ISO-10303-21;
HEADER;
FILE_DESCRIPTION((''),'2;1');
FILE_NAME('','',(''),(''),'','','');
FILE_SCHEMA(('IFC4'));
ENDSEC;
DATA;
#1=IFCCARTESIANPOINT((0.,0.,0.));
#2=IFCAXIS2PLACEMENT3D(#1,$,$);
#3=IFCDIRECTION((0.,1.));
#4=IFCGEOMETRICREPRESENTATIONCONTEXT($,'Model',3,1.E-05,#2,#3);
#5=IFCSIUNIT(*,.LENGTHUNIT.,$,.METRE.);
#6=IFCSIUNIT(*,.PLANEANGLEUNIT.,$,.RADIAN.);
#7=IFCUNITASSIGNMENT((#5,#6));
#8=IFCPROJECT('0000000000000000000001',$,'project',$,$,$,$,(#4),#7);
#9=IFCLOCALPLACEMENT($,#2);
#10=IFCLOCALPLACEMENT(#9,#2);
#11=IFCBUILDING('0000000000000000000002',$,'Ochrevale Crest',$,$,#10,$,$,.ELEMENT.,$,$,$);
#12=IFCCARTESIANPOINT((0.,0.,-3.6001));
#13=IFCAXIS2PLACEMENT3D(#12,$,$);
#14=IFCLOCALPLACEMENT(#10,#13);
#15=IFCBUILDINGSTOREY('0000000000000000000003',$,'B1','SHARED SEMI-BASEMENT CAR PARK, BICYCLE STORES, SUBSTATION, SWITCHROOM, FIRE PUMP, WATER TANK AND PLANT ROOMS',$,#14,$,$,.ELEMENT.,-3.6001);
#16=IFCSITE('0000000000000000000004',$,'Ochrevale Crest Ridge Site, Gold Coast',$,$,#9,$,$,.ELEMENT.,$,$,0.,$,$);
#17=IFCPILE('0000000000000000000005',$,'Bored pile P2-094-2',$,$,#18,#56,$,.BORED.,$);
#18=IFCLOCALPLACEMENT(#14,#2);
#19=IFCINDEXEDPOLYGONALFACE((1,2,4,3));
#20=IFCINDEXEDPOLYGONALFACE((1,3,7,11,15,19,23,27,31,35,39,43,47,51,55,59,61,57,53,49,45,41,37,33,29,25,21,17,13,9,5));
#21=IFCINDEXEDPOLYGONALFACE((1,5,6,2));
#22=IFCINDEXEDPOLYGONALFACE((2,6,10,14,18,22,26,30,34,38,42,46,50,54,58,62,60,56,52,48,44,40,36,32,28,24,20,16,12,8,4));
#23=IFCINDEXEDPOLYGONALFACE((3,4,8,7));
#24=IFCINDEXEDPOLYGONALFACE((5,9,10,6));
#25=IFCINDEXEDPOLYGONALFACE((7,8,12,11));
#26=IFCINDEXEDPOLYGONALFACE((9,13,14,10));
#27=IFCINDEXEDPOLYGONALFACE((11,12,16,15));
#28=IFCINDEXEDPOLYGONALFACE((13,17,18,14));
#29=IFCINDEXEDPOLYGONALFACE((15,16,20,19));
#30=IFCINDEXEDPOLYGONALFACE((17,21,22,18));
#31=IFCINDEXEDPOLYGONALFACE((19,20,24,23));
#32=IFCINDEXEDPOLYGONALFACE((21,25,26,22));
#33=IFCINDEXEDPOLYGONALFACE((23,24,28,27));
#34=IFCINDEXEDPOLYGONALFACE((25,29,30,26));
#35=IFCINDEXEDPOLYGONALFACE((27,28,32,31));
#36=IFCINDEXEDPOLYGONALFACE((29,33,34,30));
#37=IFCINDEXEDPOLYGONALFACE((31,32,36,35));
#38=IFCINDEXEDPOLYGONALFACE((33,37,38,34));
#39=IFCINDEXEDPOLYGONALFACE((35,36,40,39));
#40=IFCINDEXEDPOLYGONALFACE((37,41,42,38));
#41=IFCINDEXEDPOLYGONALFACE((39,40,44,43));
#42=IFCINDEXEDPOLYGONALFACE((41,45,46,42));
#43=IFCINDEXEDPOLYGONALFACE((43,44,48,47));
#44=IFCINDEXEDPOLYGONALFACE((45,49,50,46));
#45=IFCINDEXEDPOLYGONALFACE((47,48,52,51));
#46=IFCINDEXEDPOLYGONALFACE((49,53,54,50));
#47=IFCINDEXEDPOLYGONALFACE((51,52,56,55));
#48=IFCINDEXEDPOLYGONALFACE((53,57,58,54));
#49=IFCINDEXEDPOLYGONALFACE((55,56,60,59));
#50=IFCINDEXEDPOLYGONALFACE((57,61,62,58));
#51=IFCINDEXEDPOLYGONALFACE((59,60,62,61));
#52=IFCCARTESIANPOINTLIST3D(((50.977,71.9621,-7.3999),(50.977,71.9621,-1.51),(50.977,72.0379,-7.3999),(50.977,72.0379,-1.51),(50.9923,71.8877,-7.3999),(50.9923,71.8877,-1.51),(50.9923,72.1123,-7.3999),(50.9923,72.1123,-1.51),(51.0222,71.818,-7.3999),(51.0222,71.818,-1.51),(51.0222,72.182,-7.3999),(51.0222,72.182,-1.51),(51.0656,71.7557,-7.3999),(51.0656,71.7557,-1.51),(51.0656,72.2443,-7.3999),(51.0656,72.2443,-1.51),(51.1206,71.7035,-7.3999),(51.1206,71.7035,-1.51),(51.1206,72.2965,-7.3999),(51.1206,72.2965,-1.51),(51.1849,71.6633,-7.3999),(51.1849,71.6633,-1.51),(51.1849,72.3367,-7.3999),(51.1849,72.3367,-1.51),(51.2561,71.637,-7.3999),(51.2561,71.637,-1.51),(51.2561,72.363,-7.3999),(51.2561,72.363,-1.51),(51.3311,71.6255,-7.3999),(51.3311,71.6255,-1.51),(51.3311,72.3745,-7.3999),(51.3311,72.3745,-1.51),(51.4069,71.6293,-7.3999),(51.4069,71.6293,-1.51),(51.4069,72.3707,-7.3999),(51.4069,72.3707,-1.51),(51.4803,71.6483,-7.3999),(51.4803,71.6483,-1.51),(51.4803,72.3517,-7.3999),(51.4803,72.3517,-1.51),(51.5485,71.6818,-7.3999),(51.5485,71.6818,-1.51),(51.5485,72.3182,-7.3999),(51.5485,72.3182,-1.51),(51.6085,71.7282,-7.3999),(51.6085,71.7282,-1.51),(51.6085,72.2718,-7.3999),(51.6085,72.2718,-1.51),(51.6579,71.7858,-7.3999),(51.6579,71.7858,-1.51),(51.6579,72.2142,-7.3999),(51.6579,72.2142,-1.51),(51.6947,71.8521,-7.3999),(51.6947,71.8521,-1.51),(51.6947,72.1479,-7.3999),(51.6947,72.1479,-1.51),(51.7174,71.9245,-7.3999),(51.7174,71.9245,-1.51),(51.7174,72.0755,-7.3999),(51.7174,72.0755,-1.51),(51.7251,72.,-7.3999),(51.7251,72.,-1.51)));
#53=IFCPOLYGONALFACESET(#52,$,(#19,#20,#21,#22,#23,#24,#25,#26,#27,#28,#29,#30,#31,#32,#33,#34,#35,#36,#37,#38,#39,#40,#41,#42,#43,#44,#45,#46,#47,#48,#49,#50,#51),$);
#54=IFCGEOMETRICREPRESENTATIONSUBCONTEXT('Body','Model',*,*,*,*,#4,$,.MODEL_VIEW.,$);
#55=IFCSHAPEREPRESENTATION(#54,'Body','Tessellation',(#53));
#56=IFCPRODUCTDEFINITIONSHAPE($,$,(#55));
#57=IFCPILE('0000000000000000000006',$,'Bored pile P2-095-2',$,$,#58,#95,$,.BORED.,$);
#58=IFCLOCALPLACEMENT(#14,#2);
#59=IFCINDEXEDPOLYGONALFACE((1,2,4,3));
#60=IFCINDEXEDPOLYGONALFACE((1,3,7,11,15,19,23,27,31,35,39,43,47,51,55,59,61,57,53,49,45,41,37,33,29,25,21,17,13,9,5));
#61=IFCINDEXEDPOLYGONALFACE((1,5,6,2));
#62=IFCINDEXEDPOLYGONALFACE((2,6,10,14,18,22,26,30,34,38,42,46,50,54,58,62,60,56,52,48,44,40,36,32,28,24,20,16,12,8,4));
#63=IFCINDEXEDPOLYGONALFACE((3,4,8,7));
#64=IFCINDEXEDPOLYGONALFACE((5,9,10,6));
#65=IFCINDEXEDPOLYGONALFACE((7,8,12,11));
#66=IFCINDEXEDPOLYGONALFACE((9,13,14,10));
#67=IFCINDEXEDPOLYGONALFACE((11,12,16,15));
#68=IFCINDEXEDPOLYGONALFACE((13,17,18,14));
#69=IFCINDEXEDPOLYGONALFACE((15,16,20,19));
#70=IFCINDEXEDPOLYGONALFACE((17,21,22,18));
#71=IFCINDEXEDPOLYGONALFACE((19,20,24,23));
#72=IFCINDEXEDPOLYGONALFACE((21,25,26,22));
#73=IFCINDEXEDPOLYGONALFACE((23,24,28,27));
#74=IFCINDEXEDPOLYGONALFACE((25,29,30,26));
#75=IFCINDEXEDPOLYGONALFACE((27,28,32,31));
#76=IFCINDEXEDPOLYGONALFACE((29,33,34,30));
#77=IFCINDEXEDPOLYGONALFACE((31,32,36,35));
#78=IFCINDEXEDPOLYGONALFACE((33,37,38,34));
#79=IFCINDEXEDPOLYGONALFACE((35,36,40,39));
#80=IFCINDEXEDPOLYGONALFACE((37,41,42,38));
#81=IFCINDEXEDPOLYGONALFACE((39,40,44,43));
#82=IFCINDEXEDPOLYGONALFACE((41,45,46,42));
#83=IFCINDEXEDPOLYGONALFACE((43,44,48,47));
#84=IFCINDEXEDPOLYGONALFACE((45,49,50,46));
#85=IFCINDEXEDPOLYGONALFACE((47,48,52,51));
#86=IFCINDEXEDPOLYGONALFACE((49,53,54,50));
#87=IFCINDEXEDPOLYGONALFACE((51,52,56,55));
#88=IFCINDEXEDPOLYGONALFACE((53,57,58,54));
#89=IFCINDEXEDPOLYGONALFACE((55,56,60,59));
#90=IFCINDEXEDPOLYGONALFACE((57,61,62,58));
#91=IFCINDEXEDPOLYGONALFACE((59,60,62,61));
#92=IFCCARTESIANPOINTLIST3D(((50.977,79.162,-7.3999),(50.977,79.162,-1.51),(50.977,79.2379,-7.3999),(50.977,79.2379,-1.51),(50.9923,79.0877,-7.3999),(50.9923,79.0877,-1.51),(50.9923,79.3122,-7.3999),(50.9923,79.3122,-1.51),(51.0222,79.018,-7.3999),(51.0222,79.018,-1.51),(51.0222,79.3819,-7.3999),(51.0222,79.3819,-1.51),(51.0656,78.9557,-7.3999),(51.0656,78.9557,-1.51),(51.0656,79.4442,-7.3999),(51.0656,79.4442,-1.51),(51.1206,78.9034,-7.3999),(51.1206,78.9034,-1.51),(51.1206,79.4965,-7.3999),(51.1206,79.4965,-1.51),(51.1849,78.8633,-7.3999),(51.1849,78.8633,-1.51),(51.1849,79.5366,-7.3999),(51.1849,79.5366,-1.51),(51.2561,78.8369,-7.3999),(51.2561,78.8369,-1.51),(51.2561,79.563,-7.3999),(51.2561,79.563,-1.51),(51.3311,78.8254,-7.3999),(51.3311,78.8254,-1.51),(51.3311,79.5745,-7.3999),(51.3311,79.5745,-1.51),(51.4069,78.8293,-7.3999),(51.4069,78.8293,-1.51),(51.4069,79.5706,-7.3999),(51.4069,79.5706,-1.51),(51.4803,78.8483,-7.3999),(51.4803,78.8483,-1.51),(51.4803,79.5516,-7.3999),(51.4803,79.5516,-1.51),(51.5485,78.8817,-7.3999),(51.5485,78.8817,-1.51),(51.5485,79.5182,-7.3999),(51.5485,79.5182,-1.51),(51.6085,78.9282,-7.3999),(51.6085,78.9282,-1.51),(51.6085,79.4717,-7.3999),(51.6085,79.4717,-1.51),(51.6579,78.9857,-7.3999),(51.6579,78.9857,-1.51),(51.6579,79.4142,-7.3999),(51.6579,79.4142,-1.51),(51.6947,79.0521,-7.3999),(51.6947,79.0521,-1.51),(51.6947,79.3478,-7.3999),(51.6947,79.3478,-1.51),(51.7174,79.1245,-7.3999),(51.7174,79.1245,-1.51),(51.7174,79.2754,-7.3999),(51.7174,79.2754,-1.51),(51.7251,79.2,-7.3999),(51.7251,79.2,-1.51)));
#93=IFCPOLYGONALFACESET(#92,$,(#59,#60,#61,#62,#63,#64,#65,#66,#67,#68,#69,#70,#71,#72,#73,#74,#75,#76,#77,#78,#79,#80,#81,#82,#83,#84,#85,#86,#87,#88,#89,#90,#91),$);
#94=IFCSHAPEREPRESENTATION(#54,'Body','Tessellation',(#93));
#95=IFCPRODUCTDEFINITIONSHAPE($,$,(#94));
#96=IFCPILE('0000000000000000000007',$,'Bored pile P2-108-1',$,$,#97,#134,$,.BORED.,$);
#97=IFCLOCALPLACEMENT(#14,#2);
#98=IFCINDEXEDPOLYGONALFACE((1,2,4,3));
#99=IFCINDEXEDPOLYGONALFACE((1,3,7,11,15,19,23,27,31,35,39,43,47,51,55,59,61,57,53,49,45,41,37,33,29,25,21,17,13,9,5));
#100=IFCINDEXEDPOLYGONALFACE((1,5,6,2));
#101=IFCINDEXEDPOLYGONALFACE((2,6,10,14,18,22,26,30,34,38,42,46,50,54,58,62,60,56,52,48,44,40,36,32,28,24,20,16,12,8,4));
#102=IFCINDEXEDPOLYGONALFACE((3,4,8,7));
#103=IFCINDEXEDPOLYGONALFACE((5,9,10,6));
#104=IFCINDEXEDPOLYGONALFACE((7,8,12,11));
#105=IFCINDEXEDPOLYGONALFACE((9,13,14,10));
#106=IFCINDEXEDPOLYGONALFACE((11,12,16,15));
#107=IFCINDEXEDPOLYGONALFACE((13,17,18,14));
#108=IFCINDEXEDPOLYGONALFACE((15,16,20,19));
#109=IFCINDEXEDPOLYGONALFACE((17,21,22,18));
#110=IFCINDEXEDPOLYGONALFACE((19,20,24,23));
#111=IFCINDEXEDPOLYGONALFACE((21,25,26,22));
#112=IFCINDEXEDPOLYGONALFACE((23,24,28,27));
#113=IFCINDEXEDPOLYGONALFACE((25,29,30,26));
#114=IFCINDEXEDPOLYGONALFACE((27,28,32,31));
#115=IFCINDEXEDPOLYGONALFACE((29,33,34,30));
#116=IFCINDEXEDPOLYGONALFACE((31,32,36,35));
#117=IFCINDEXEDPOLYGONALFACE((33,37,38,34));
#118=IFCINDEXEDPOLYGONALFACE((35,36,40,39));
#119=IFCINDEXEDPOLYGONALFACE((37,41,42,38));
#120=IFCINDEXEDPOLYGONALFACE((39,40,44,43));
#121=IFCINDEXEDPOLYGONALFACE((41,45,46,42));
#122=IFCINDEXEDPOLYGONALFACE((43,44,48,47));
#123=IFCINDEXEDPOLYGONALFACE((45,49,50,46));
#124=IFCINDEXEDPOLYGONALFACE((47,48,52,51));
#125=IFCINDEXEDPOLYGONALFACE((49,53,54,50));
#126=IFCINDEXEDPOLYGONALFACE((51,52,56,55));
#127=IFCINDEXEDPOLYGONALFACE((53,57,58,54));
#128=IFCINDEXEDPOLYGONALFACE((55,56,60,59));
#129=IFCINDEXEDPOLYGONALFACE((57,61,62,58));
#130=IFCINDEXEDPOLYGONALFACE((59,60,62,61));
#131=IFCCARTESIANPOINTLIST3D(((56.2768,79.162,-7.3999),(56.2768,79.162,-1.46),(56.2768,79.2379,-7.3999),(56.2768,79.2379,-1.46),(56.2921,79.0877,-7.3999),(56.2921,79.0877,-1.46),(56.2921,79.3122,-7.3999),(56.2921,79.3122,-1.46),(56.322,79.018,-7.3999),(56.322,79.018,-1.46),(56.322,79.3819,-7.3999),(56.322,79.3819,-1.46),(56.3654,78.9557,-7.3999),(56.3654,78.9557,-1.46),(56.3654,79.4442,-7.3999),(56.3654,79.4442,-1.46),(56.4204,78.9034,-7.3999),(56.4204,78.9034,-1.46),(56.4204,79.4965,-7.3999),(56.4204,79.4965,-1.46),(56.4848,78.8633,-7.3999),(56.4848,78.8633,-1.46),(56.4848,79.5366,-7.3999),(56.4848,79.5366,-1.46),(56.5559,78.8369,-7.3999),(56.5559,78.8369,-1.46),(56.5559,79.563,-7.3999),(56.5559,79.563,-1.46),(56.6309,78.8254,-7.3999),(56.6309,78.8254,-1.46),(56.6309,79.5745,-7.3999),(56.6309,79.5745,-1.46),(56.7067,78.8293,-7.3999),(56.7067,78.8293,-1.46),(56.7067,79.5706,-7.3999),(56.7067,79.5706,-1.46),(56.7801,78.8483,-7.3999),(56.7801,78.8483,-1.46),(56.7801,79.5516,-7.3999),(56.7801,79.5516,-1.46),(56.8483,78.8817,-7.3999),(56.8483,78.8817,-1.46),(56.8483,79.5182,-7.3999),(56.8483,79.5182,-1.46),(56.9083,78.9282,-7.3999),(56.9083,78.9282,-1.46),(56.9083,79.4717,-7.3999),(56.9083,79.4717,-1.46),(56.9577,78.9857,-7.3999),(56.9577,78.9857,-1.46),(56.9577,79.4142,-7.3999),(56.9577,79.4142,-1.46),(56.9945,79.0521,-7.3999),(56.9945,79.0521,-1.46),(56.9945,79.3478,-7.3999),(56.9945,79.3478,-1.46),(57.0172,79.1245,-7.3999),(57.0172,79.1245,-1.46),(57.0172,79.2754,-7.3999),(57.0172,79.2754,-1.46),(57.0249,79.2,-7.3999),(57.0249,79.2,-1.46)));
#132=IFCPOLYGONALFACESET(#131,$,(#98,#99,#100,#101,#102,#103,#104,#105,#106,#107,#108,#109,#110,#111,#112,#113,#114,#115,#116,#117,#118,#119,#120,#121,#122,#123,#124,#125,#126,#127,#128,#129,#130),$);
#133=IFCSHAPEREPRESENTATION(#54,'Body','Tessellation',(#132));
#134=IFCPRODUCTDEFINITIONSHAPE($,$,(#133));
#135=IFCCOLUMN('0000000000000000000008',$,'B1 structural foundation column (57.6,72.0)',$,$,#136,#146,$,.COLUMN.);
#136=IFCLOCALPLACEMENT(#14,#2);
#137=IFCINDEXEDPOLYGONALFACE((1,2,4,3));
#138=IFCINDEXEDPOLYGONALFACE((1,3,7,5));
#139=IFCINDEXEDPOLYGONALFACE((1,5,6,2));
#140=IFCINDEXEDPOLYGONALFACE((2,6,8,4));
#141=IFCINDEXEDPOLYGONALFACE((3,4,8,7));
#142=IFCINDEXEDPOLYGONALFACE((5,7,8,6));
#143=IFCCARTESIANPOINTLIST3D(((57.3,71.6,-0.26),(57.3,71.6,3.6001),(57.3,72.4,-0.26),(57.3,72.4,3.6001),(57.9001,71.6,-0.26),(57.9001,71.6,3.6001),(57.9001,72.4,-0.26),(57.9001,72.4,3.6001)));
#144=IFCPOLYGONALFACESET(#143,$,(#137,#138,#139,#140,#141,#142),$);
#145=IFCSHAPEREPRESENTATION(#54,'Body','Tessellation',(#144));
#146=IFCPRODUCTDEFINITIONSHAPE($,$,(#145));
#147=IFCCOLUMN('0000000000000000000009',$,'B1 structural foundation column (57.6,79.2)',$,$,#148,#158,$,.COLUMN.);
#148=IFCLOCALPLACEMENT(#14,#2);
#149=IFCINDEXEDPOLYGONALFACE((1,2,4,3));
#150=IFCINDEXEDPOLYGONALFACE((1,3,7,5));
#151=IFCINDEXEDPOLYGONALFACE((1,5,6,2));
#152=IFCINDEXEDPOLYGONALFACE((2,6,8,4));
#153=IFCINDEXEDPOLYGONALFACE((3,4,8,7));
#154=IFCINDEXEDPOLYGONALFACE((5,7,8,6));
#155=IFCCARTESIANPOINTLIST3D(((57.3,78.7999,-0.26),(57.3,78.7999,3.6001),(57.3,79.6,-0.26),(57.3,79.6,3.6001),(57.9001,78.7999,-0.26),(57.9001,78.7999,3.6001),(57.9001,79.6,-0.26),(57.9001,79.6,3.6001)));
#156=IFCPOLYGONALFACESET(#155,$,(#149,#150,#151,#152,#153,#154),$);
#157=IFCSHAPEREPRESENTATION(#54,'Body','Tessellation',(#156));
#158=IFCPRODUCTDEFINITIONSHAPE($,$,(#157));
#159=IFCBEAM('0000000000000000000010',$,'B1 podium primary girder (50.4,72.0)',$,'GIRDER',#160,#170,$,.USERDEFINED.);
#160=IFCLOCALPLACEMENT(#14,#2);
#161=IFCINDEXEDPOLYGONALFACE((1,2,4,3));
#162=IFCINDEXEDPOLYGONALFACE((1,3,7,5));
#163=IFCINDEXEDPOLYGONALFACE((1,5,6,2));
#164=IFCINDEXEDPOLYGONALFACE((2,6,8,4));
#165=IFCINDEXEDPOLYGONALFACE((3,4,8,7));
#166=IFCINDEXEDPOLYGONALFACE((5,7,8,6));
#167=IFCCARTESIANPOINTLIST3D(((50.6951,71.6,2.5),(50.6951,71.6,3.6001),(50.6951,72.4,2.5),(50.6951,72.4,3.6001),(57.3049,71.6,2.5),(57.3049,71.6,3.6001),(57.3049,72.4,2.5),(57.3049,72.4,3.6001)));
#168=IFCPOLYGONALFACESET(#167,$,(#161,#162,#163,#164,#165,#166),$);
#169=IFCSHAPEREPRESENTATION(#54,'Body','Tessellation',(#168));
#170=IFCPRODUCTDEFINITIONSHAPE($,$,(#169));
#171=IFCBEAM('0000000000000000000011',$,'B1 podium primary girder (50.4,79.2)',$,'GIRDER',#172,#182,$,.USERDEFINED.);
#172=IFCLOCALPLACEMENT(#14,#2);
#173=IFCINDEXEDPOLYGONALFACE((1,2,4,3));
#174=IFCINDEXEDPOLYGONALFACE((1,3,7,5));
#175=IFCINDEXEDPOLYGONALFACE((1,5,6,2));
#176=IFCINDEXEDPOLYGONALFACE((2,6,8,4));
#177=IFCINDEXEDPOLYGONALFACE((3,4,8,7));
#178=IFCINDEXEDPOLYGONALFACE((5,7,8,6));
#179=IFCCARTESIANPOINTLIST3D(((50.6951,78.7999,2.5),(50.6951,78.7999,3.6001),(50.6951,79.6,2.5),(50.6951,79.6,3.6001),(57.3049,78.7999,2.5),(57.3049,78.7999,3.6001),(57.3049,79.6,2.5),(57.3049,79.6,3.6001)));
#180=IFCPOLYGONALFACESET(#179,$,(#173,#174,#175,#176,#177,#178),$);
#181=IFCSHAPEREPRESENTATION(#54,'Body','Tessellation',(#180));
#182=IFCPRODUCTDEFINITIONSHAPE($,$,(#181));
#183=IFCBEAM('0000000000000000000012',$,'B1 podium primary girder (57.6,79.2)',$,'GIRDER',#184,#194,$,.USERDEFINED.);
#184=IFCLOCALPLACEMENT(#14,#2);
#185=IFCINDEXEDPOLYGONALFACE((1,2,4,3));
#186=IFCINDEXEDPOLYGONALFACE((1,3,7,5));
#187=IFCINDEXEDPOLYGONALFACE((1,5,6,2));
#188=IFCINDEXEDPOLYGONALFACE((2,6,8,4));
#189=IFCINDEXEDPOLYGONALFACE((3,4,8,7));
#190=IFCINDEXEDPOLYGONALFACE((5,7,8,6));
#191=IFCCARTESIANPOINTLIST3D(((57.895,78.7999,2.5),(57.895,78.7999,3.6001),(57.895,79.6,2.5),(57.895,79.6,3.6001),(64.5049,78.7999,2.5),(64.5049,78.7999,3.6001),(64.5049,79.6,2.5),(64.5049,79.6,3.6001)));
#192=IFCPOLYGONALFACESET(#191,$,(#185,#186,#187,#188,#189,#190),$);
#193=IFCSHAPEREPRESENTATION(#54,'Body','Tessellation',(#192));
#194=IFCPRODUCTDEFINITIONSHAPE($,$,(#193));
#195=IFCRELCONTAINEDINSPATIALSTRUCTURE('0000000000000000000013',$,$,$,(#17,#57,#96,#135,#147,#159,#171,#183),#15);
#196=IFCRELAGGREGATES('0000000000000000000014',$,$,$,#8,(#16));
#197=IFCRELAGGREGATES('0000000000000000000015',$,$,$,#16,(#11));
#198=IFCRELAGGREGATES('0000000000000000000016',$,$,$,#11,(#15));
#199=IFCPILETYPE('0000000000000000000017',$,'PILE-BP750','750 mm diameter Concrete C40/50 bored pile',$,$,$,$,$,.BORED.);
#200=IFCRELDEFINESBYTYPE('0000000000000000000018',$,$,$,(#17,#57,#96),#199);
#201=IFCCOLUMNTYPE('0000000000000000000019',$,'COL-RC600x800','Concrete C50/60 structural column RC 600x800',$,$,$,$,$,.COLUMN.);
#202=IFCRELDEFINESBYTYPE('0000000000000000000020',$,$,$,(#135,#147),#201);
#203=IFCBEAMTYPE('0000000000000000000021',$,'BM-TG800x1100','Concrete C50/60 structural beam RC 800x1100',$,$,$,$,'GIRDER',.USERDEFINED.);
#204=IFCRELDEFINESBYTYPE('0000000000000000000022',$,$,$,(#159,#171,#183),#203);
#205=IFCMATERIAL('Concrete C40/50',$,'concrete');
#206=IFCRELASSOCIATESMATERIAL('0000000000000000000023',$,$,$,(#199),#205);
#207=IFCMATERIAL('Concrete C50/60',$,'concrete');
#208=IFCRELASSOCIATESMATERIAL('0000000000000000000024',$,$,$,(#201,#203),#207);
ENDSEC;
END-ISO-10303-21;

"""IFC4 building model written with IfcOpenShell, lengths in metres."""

from ifc_helpers import new_model, si_unit, direction, frame, origin, origin_2d, place, context, subcontext, project, spatial, rectangle, circle, extrude, material, material_profile, profile_set, type_object, element, save


model = new_model("IFC4")

# Units and contexts
model_context = context("Model", 3, precision=1e-05, world=origin(), true_north=direction((0.0, 1.0)))
body_context = subcontext(model_context, "Body", "Model", "MODEL_VIEW")
ifc_project = project(units=[si_unit("LENGTHUNIT", "METRE"), si_unit("PLANEANGLEUNIT", "RADIAN")], contexts=[model_context])

# Site, building, storey
site_placement = place(None, origin())
site = spatial("IfcSite", under=ifc_project, at=site_placement, Name="Ochrevale Crest Ridge Site, Gold Coast", CompositionType="ELEMENT", RefElevation=0.0)
building_placement = place(site_placement, origin())
building = spatial("IfcBuilding", under=site, at=building_placement, Name="Ochrevale Crest", CompositionType="ELEMENT")
storey_placement = place(building_placement, frame((0.0, 0.0, -3.6001)))
storey = spatial("IfcBuildingStorey", under=building, at=storey_placement, Name="B1", Description="SHARED SEMI-BASEMENT CAR PARK, BICYCLE STORES, SUBSTATION, SWITCHROOM, FIRE PUMP, WATER TANK AND PLANT ROOMS", CompositionType="ELEMENT", Elevation=-3.6001)

# Shared definitions
ifc_material_1 = material(Name="Concrete C40/50", Category="concrete")

# Piles
ifc_material_profile_1 = material_profile(ifc_material_1, circle(Radius=0.375, at=origin_2d()), Name="BORED PILE 750")
ifc_profile_set_1 = profile_set([ifc_material_profile_1], Name="Concrete C40/50")
pile_type_1 = type_object("IfcPileType", Name="PILE-BP750", Description="750 mm diameter Concrete C40/50 bored pile", PredefinedType="BORED", material=ifc_profile_set_1)
for number, where, z_axis, x_axis, name in (
    (1, (51.3501, 72.0, -1.51), (0.0, 0.0, -1.0), (1.0, 0.0, 0.0), "Bored pile P2-094-2"),
    (2, (51.3501, 79.2, -1.51), (0.0, 0.0, -1.0), (1.0, 0.0, 0.0), "Bored pile P2-095-2"),
):
    element("IfcPile", number, at=place(storey_placement, frame(where, z_axis=z_axis, x_axis=x_axis)), inside=storey, type_object=pile_type_1, Name=name, PredefinedType="BORED", context=body_context, shape_type="SweptSolid", body=[
        extrude(circle(Radius=0.375, at=origin_2d()), origin(), (0.0, 0.0, 1.0), 5.8899),
    ])
pile_1_placement = place(storey_placement, frame((56.6499, 79.2, -1.46), z_axis=(0.0, 0.0, -1.0), x_axis=(1.0, 0.0, 0.0)))
element("IfcPile", 3, at=pile_1_placement, inside=storey, type_object=pile_type_1, Name="Bored pile P2-108-1", PredefinedType="BORED", context=body_context, shape_type="SweptSolid", body=[
    extrude(circle(Radius=0.375, at=origin_2d()), origin(), (0.0, 0.0, 1.0), 5.9399),
])

# Columns
ifc_material_2 = material(Name="Concrete C50/60", Category="concrete")
ifc_material_profile_2 = material_profile(ifc_material_2, rectangle(XDim=0.6001, YDim=0.8, at=origin_2d()), Name="RC 600x800")
ifc_profile_set_2 = profile_set([ifc_material_profile_2], Name="Concrete C50/60")
column_type = type_object("IfcColumnType", Name="COL-RC600x800", Description="Concrete C50/60 structural column RC 600x800", PredefinedType="COLUMN", material=ifc_profile_set_2)
for number, where, z_axis, x_axis, name in (
    (4, (57.6001, 72.0, -0.26), (0.0, 0.0, 1.0), (1.0, 0.0, 0.0), "B1 structural foundation column (57.6,72.0)"),
    (5, (57.6001, 79.2, -0.26), (0.0, 0.0, 1.0), (1.0, 0.0, 0.0), "B1 structural foundation column (57.6,79.2)"),
):
    element("IfcColumn", number, at=place(storey_placement, frame(where, z_axis=z_axis, x_axis=x_axis)), inside=storey, type_object=column_type, Name=name, PredefinedType="COLUMN", context=body_context, shape_type="SweptSolid", body=[
        extrude(rectangle(XDim=0.6001, YDim=0.8, at=origin_2d()), origin(), (0.0, 0.0, 1.0), 3.8601),
    ])

# Beams
ifc_material_profile_3 = material_profile(ifc_material_2, rectangle(XDim=0.8, YDim=1.1001, at=origin_2d()), Name="RC 800x1100")
ifc_profile_set_3 = profile_set([ifc_material_profile_3], Name="Concrete C50/60")
beam_type_1 = type_object("IfcBeamType", Name="BM-TG800x1100", Description="Concrete C50/60 structural beam RC 800x1100", ElementType="GIRDER", PredefinedType="USERDEFINED", material=ifc_profile_set_3)
for number, where, z_axis, x_axis, name in (
    (6, (50.6951, 72.0, 3.05), (1.0, 0.0, 0.0), (0.0, 1.0, 0.0), "B1 podium primary girder (50.4,72.0)"),
    (7, (50.6951, 79.2, 3.05), (1.0, 0.0, 0.0), (0.0, 1.0, 0.0), "B1 podium primary girder (50.4,79.2)"),
    (8, (57.895, 79.2, 3.05), (1.0, 0.0, 0.0), (0.0, 1.0, 0.0), "B1 podium primary girder (57.6,79.2)"),
):
    element("IfcBeam", number, at=place(storey_placement, frame(where, z_axis=z_axis, x_axis=x_axis)), inside=storey, type_object=beam_type_1, Name=name, ObjectType="GIRDER", PredefinedType="USERDEFINED", context=body_context, shape_type="SweptSolid", body=[
        extrude(rectangle(XDim=0.8, YDim=1.1001, at=origin_2d()), origin(), (0.0, 0.0, 1.0), 6.6099),
    ])

save(model, "model.ifc")
